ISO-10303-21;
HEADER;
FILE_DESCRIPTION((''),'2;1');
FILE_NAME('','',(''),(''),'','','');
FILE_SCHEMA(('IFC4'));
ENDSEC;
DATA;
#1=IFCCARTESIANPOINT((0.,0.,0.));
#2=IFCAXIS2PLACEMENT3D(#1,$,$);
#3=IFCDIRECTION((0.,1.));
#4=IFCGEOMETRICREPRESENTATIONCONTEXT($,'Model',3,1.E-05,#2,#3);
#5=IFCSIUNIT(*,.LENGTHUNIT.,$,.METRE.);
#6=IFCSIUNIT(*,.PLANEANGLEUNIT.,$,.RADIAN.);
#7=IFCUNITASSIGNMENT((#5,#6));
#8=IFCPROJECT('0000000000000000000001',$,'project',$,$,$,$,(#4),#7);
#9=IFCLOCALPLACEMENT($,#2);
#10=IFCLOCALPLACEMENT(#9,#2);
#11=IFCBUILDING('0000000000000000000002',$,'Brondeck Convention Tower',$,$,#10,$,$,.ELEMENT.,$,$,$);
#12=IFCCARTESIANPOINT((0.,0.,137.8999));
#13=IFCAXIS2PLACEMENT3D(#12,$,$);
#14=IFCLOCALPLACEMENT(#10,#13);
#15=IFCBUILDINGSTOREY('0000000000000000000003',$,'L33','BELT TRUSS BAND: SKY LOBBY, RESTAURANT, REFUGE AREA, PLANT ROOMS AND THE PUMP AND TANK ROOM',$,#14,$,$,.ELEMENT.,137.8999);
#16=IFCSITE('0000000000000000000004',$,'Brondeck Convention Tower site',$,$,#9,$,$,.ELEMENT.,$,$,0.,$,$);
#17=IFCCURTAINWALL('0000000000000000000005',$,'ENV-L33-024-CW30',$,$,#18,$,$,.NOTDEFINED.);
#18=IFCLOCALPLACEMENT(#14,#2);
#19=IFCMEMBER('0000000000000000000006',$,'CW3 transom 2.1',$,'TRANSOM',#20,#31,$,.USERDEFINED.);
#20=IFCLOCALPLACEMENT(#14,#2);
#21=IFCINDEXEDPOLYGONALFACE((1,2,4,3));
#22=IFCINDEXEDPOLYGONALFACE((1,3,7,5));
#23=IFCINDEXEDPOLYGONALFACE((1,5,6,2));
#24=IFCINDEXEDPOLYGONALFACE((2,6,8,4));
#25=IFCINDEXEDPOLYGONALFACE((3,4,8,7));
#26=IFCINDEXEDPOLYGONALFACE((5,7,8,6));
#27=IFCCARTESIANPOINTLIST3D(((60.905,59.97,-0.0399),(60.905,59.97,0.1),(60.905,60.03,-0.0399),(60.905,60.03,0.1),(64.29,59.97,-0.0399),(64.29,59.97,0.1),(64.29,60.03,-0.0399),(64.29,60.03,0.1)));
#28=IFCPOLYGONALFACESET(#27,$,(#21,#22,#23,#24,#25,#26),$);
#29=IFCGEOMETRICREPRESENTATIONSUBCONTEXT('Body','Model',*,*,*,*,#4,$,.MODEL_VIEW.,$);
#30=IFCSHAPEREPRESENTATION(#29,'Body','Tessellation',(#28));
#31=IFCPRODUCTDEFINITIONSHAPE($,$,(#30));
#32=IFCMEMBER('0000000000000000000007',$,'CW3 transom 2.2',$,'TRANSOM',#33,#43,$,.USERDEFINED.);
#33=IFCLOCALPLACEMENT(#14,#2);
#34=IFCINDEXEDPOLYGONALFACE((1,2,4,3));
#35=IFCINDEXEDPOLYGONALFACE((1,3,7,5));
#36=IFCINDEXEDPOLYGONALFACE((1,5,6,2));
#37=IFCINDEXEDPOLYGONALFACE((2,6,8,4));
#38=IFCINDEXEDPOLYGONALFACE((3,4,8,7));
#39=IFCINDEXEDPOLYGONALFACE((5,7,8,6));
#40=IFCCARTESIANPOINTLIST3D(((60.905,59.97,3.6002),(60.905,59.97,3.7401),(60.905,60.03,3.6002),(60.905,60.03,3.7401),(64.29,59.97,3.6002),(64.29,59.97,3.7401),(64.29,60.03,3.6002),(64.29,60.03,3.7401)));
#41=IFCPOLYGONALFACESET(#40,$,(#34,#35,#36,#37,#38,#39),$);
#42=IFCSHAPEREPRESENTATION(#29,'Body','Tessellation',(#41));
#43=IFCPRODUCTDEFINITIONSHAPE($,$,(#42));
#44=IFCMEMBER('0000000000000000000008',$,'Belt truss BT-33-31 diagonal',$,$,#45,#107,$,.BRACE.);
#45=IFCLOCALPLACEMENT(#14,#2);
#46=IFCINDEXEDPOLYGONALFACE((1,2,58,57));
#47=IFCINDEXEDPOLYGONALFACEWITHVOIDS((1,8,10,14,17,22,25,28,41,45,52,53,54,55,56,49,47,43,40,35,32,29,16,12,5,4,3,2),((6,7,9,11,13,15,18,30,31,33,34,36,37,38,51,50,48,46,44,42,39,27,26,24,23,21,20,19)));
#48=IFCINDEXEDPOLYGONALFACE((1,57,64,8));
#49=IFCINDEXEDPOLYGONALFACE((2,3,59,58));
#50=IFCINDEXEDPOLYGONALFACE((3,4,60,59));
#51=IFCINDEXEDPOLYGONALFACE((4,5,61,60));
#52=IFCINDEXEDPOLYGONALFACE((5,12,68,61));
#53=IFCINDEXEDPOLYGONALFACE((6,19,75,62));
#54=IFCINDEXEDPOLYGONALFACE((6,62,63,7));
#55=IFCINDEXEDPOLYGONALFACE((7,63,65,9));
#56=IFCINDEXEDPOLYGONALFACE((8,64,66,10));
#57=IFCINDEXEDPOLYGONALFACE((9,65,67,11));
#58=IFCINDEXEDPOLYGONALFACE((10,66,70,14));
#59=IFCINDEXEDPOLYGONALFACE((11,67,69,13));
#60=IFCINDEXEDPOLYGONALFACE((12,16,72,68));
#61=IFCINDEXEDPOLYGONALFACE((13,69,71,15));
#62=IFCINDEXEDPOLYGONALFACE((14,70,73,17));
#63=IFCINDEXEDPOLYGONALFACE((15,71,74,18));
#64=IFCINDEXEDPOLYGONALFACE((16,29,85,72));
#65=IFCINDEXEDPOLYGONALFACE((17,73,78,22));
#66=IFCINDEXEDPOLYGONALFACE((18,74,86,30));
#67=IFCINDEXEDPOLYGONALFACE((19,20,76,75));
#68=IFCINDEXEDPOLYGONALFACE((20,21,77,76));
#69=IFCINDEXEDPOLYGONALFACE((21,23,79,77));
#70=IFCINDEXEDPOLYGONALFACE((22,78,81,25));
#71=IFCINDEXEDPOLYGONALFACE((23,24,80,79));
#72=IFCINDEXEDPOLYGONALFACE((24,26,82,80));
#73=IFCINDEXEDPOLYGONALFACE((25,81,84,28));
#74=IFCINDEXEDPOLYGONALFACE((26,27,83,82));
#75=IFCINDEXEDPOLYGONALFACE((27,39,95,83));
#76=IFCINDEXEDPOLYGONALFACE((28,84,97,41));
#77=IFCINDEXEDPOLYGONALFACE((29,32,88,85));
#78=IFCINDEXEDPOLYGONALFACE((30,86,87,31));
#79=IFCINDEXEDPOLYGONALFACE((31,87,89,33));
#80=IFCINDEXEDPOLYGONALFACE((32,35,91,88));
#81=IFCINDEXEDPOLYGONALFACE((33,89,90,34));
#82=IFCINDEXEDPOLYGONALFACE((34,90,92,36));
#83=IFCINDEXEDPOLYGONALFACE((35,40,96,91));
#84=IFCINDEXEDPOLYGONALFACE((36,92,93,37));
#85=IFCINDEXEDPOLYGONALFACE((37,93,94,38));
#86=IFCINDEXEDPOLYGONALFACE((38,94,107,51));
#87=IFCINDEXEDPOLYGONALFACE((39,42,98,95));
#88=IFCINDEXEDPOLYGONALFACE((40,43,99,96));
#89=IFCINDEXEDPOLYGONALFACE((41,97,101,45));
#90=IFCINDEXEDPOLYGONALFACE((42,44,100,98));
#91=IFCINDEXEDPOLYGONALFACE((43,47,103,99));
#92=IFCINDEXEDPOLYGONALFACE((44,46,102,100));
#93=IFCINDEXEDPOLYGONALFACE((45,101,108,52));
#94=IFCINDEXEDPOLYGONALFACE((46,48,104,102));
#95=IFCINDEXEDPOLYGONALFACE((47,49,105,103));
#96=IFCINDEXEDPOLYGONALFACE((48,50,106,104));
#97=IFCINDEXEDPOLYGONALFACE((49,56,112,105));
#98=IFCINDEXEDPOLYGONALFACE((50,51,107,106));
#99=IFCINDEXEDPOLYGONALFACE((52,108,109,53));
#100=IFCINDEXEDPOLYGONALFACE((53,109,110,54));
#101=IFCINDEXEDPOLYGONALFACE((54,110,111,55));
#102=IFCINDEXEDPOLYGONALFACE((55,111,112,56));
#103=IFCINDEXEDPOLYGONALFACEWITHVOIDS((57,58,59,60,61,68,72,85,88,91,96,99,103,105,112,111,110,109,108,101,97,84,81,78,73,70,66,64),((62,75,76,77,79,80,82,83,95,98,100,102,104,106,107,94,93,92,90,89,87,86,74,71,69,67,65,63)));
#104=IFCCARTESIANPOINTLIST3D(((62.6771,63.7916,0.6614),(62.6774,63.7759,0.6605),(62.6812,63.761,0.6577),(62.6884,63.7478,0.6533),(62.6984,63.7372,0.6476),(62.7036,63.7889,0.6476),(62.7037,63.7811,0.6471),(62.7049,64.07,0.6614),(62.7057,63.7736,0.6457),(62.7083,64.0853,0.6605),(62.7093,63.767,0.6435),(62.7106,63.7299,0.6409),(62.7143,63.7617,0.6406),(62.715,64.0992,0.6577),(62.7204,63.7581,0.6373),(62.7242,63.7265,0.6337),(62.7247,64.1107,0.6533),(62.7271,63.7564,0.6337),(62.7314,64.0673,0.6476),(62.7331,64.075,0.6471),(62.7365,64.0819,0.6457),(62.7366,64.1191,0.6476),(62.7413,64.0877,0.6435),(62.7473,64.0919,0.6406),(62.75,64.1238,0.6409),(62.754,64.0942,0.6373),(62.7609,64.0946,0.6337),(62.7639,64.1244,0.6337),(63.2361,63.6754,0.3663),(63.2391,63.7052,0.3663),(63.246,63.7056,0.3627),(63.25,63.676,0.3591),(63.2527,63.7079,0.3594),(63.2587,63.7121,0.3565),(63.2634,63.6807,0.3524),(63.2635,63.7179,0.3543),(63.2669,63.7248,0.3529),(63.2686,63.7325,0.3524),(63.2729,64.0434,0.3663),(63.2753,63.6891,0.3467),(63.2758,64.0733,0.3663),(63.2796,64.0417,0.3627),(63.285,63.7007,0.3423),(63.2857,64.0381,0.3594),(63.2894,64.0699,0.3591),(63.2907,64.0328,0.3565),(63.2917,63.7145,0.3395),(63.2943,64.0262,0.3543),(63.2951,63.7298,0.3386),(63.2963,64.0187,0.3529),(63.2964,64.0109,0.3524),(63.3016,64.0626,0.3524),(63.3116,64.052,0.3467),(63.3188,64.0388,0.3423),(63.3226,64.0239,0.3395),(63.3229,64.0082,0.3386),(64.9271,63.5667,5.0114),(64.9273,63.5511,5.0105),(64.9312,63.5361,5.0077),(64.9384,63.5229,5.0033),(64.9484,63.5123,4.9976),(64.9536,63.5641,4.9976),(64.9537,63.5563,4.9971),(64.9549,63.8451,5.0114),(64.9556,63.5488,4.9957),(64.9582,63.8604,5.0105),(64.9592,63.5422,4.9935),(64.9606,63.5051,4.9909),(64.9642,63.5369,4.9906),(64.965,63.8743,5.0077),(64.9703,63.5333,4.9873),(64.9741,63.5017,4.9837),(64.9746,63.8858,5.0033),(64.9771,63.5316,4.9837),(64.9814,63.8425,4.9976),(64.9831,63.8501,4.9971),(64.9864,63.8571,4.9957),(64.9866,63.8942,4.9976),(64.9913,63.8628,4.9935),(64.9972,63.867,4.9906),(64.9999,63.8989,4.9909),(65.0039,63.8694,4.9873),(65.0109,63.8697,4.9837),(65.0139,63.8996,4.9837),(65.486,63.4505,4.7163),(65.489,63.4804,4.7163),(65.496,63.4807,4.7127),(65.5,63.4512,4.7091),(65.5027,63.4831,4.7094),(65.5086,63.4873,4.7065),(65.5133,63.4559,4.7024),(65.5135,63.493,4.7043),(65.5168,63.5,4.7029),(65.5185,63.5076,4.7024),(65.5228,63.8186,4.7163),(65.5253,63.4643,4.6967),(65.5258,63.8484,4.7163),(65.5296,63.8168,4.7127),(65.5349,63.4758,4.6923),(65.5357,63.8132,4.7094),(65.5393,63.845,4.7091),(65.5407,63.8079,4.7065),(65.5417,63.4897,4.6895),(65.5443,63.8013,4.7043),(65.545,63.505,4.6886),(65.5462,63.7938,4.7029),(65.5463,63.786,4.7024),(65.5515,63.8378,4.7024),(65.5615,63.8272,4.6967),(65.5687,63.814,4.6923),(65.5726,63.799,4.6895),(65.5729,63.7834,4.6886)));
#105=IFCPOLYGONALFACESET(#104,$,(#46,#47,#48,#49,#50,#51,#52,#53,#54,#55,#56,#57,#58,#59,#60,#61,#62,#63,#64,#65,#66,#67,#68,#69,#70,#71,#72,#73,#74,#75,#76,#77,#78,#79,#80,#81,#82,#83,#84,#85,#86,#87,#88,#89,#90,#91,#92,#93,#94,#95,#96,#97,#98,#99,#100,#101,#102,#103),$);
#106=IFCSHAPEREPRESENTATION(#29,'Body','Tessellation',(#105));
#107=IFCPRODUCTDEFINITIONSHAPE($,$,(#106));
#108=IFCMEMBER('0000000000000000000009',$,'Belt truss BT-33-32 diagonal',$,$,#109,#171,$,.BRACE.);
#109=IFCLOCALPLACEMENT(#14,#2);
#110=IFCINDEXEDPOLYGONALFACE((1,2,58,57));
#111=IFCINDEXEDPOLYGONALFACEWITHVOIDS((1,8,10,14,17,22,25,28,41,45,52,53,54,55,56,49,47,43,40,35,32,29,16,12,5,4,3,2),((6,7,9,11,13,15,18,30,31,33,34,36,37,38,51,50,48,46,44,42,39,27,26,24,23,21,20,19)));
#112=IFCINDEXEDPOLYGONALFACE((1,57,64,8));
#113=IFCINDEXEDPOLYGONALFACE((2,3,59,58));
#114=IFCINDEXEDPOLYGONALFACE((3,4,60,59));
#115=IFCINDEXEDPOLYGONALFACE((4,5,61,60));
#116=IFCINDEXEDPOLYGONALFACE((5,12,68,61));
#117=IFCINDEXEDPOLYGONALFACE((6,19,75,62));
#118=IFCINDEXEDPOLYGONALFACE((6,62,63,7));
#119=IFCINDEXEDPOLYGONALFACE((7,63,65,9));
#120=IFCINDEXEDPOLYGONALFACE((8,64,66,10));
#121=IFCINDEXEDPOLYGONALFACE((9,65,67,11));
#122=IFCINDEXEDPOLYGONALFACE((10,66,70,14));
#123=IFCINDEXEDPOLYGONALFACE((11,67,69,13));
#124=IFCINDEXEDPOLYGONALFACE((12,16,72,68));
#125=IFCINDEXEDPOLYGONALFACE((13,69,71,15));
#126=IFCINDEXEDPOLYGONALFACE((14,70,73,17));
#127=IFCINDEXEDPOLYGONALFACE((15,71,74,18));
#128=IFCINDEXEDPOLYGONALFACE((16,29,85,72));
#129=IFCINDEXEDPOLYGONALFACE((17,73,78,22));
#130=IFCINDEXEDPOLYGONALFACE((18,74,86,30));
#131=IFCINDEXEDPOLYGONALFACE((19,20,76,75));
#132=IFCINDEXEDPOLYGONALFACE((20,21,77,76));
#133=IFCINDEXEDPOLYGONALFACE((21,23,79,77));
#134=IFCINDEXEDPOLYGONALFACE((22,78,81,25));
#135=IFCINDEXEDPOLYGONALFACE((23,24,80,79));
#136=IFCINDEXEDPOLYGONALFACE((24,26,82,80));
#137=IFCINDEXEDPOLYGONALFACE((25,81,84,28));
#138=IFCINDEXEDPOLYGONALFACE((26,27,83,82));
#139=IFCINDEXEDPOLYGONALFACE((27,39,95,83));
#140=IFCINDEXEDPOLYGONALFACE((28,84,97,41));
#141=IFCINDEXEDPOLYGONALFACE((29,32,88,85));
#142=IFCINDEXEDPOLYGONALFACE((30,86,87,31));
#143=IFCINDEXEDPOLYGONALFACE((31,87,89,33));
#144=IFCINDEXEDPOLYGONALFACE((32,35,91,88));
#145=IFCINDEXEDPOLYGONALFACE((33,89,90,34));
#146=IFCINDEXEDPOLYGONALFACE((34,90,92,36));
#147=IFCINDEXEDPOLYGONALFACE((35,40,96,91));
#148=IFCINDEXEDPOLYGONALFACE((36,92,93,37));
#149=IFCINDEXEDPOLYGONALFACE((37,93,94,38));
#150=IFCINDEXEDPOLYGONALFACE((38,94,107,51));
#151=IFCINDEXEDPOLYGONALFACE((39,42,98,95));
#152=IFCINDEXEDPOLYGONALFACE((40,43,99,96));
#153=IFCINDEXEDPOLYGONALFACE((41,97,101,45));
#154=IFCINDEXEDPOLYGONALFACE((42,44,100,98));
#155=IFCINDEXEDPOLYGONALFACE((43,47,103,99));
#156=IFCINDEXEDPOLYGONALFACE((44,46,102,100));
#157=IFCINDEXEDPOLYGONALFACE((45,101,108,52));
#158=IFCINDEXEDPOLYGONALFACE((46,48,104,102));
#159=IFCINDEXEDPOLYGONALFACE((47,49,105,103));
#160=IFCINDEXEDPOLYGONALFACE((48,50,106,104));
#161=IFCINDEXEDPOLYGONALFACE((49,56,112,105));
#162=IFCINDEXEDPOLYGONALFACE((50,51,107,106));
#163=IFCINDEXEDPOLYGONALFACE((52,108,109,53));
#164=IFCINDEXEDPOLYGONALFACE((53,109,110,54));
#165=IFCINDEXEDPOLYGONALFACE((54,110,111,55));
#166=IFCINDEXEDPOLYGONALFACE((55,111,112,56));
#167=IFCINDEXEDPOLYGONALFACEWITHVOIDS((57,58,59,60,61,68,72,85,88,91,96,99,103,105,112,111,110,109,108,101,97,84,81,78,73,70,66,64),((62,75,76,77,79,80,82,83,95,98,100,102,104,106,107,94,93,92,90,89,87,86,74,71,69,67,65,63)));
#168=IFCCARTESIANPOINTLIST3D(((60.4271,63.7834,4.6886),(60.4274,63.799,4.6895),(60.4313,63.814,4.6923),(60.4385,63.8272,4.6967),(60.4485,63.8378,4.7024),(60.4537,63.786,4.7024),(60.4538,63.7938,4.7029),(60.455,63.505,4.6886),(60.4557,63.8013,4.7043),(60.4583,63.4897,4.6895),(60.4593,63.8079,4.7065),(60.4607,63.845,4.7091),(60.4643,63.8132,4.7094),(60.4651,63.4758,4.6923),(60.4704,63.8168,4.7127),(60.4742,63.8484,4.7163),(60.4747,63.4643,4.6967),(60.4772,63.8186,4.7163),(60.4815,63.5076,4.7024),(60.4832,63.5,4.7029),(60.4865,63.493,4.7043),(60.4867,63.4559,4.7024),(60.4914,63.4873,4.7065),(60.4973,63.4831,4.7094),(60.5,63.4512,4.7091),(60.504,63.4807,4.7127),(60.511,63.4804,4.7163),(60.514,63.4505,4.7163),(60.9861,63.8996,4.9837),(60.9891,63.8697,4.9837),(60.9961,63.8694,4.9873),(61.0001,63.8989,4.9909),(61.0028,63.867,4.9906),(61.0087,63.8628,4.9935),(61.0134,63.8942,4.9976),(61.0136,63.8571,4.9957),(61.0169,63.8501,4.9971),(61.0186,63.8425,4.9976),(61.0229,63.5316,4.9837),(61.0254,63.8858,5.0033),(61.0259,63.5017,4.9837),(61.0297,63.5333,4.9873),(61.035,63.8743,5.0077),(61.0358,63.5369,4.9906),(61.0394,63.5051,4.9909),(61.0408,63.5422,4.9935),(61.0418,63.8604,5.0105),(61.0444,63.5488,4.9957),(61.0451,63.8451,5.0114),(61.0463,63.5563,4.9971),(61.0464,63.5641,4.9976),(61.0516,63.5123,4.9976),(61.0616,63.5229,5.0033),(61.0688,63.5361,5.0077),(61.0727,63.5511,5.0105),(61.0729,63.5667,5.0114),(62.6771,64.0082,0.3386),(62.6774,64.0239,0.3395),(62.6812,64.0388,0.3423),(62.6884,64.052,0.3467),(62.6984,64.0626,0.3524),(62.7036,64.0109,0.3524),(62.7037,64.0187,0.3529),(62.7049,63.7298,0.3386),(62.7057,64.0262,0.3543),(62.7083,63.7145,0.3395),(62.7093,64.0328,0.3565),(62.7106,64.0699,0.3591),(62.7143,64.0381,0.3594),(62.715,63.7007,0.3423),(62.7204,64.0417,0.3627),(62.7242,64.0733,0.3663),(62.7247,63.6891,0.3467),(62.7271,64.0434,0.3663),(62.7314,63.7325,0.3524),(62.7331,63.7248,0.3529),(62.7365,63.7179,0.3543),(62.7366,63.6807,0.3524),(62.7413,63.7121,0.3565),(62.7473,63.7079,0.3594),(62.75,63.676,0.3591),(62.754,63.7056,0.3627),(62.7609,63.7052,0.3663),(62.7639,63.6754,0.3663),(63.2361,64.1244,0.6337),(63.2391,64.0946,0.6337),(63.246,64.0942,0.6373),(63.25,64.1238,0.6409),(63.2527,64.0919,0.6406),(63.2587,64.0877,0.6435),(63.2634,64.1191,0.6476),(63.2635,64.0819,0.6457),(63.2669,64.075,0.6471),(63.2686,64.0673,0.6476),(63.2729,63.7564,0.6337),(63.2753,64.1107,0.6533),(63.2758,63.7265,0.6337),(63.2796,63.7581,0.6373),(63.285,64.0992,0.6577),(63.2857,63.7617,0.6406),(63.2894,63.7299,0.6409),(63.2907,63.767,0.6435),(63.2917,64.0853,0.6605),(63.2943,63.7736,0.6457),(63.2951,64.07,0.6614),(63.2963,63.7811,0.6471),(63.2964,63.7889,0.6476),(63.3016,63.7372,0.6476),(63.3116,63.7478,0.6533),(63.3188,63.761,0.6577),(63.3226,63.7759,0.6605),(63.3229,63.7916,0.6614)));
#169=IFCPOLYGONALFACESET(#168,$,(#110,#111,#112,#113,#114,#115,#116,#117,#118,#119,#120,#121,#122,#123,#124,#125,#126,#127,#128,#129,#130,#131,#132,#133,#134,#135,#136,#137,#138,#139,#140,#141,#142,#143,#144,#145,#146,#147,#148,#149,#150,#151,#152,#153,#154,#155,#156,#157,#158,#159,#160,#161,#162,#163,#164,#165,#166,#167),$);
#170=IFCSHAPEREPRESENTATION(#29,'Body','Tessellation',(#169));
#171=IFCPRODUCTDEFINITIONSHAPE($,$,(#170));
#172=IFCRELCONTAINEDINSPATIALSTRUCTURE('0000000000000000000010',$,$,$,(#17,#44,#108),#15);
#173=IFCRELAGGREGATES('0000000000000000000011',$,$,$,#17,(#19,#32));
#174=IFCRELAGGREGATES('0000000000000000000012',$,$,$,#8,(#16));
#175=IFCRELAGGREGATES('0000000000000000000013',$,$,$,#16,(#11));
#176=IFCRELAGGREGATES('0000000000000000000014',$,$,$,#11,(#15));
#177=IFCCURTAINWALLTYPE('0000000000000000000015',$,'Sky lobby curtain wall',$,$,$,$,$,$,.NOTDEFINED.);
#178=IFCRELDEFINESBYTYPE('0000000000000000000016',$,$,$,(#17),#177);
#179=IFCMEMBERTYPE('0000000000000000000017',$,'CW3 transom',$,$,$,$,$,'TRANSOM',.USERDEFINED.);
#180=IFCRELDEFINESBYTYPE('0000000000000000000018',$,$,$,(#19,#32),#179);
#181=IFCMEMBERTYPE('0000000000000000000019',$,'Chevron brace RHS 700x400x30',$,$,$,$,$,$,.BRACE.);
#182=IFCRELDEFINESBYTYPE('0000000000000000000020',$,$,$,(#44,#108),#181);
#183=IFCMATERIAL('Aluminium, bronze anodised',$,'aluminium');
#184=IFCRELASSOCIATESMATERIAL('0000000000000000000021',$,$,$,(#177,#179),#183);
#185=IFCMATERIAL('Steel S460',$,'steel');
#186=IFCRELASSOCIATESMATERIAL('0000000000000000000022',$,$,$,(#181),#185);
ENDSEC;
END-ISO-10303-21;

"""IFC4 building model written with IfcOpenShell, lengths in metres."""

from ifc_helpers import new_model, si_unit, direction, frame, origin, origin_2d, place, context, subcontext, project, spatial, rectangle, hollow_rectangle, extrude, material, material_profile, profile_set, type_object, element, aggregate, save


model = new_model("IFC4")

# Units and contexts
model_context = context("Model", 3, precision=1e-05, world=origin(), true_north=direction((0.0, 1.0)))
body_context = subcontext(model_context, "Body", "Model", "MODEL_VIEW")
ifc_project = project(units=[si_unit("LENGTHUNIT", "METRE"), si_unit("PLANEANGLEUNIT", "RADIAN")], contexts=[model_context])

# Site, building, storey
site_placement = place(None, origin())
site = spatial("IfcSite", under=ifc_project, at=site_placement, Name="Brondeck Convention Tower site", CompositionType="ELEMENT", RefElevation=0.0)
building_placement = place(site_placement, origin())
building = spatial("IfcBuilding", under=site, at=building_placement, Name="Brondeck Convention Tower", CompositionType="ELEMENT")
storey_placement = place(building_placement, frame((0.0, 0.0, 137.8999)))
storey = spatial("IfcBuildingStorey", under=building, at=storey_placement, Name="L33", Description="BELT TRUSS BAND: SKY LOBBY, RESTAURANT, REFUGE AREA, PLANT ROOMS AND THE PUMP AND TANK ROOM", CompositionType="ELEMENT", Elevation=137.8999)

# Shared definitions
ifc_material_1 = material(Name="Aluminium, bronze anodised", Category="aluminium")
curtain_wall_type = type_object("IfcCurtainWallType", Name="Sky lobby curtain wall", PredefinedType="NOTDEFINED", material=ifc_material_1)

# Curtain wall
curtain_wall_1_placement = place(storey_placement, origin())
curtain_wall_1 = element("IfcCurtainWall", 1, at=curtain_wall_1_placement, inside=storey, type_object=curtain_wall_type, Name="ENV-L33-024-CW30", PredefinedType="NOTDEFINED")

# Members
ifc_material_profile_1 = material_profile(ifc_material_1, rectangle(XDim=0.0601, YDim=0.1399, at=origin_2d()), Name="CW3 transom")
ifc_profile_set_1 = profile_set([ifc_material_profile_1], Name="Aluminium, bronze anodised")
member_type_1 = type_object("IfcMemberType", Name="CW3 transom", ElementType="TRANSOM", PredefinedType="USERDEFINED", material=ifc_profile_set_1)
member_1_placement = place(storey_placement, frame((60.905, 60.0, 0.03), z_axis=(1.0, 0.0, 0.0), x_axis=(0.0, 1.0, 0.0)))
member_1 = element("IfcMember", 2, at=member_1_placement, type_object=member_type_1, Name="CW3 transom 2.1", ObjectType="TRANSOM", PredefinedType="USERDEFINED", context=body_context, shape_type="SweptSolid", body=[
    extrude(rectangle(XDim=0.0601, YDim=0.1399, at=origin_2d()), origin(), (0.0, 0.0, 1.0), 3.385),
])
member_2_placement = place(storey_placement, frame((60.905, 60.0, 3.6702), z_axis=(1.0, 0.0, 0.0), x_axis=(0.0, 1.0, 0.0)))
member_2 = element("IfcMember", 3, at=member_2_placement, type_object=member_type_1, Name="CW3 transom 2.2", ObjectType="TRANSOM", PredefinedType="USERDEFINED", context=body_context, shape_type="SweptSolid", body=[
    extrude(rectangle(XDim=0.0601, YDim=0.1399, at=origin_2d()), origin(), (0.0, 0.0, 1.0), 3.385),
])

# Members
ifc_material_2 = material(Name="Steel S460", Category="steel")
ifc_material_profile_2 = material_profile(ifc_material_2, hollow_rectangle(XDim=0.3999, YDim=0.7, WallThickness=0.03, InnerFilletRadius=0.03, OuterFilletRadius=0.0601, at=origin_2d()), Name="RHS 700x400x30")
ifc_profile_set_2 = profile_set([ifc_material_profile_2], Name="Steel S460")
member_type_2 = type_object("IfcMemberType", Name="Chevron brace RHS 700x400x30", PredefinedType="BRACE", material=ifc_profile_set_2)
for number, where, z_axis, x_axis, name in (
    (4, (63.0, 63.8999, 0.5), (0.458931, -0.045863, 0.887287), (0.09944, 0.995044, 0.0), "Belt truss BT-33-31 diagonal"),
    (5, (63.0, 63.8999, 0.5), (-0.458931, -0.045863, 0.887287), (0.09944, -0.995044, 0.0), "Belt truss BT-33-32 diagonal"),
):
    element("IfcMember", number, at=place(storey_placement, frame(where, z_axis=z_axis, x_axis=x_axis)), inside=storey, type_object=member_type_2, Name=name, PredefinedType="BRACE", context=body_context, shape_type="SweptSolid", body=[
        extrude(hollow_rectangle(XDim=0.3999, YDim=0.7, WallThickness=0.03, InnerFilletRadius=0.03, OuterFilletRadius=0.0601, at=origin_2d()), origin(), (0.0, 0.0, 1.0), 4.9026),
    ])

aggregate(curtain_wall_1, [member_1, member_2])

save(model, "model.ifc")
